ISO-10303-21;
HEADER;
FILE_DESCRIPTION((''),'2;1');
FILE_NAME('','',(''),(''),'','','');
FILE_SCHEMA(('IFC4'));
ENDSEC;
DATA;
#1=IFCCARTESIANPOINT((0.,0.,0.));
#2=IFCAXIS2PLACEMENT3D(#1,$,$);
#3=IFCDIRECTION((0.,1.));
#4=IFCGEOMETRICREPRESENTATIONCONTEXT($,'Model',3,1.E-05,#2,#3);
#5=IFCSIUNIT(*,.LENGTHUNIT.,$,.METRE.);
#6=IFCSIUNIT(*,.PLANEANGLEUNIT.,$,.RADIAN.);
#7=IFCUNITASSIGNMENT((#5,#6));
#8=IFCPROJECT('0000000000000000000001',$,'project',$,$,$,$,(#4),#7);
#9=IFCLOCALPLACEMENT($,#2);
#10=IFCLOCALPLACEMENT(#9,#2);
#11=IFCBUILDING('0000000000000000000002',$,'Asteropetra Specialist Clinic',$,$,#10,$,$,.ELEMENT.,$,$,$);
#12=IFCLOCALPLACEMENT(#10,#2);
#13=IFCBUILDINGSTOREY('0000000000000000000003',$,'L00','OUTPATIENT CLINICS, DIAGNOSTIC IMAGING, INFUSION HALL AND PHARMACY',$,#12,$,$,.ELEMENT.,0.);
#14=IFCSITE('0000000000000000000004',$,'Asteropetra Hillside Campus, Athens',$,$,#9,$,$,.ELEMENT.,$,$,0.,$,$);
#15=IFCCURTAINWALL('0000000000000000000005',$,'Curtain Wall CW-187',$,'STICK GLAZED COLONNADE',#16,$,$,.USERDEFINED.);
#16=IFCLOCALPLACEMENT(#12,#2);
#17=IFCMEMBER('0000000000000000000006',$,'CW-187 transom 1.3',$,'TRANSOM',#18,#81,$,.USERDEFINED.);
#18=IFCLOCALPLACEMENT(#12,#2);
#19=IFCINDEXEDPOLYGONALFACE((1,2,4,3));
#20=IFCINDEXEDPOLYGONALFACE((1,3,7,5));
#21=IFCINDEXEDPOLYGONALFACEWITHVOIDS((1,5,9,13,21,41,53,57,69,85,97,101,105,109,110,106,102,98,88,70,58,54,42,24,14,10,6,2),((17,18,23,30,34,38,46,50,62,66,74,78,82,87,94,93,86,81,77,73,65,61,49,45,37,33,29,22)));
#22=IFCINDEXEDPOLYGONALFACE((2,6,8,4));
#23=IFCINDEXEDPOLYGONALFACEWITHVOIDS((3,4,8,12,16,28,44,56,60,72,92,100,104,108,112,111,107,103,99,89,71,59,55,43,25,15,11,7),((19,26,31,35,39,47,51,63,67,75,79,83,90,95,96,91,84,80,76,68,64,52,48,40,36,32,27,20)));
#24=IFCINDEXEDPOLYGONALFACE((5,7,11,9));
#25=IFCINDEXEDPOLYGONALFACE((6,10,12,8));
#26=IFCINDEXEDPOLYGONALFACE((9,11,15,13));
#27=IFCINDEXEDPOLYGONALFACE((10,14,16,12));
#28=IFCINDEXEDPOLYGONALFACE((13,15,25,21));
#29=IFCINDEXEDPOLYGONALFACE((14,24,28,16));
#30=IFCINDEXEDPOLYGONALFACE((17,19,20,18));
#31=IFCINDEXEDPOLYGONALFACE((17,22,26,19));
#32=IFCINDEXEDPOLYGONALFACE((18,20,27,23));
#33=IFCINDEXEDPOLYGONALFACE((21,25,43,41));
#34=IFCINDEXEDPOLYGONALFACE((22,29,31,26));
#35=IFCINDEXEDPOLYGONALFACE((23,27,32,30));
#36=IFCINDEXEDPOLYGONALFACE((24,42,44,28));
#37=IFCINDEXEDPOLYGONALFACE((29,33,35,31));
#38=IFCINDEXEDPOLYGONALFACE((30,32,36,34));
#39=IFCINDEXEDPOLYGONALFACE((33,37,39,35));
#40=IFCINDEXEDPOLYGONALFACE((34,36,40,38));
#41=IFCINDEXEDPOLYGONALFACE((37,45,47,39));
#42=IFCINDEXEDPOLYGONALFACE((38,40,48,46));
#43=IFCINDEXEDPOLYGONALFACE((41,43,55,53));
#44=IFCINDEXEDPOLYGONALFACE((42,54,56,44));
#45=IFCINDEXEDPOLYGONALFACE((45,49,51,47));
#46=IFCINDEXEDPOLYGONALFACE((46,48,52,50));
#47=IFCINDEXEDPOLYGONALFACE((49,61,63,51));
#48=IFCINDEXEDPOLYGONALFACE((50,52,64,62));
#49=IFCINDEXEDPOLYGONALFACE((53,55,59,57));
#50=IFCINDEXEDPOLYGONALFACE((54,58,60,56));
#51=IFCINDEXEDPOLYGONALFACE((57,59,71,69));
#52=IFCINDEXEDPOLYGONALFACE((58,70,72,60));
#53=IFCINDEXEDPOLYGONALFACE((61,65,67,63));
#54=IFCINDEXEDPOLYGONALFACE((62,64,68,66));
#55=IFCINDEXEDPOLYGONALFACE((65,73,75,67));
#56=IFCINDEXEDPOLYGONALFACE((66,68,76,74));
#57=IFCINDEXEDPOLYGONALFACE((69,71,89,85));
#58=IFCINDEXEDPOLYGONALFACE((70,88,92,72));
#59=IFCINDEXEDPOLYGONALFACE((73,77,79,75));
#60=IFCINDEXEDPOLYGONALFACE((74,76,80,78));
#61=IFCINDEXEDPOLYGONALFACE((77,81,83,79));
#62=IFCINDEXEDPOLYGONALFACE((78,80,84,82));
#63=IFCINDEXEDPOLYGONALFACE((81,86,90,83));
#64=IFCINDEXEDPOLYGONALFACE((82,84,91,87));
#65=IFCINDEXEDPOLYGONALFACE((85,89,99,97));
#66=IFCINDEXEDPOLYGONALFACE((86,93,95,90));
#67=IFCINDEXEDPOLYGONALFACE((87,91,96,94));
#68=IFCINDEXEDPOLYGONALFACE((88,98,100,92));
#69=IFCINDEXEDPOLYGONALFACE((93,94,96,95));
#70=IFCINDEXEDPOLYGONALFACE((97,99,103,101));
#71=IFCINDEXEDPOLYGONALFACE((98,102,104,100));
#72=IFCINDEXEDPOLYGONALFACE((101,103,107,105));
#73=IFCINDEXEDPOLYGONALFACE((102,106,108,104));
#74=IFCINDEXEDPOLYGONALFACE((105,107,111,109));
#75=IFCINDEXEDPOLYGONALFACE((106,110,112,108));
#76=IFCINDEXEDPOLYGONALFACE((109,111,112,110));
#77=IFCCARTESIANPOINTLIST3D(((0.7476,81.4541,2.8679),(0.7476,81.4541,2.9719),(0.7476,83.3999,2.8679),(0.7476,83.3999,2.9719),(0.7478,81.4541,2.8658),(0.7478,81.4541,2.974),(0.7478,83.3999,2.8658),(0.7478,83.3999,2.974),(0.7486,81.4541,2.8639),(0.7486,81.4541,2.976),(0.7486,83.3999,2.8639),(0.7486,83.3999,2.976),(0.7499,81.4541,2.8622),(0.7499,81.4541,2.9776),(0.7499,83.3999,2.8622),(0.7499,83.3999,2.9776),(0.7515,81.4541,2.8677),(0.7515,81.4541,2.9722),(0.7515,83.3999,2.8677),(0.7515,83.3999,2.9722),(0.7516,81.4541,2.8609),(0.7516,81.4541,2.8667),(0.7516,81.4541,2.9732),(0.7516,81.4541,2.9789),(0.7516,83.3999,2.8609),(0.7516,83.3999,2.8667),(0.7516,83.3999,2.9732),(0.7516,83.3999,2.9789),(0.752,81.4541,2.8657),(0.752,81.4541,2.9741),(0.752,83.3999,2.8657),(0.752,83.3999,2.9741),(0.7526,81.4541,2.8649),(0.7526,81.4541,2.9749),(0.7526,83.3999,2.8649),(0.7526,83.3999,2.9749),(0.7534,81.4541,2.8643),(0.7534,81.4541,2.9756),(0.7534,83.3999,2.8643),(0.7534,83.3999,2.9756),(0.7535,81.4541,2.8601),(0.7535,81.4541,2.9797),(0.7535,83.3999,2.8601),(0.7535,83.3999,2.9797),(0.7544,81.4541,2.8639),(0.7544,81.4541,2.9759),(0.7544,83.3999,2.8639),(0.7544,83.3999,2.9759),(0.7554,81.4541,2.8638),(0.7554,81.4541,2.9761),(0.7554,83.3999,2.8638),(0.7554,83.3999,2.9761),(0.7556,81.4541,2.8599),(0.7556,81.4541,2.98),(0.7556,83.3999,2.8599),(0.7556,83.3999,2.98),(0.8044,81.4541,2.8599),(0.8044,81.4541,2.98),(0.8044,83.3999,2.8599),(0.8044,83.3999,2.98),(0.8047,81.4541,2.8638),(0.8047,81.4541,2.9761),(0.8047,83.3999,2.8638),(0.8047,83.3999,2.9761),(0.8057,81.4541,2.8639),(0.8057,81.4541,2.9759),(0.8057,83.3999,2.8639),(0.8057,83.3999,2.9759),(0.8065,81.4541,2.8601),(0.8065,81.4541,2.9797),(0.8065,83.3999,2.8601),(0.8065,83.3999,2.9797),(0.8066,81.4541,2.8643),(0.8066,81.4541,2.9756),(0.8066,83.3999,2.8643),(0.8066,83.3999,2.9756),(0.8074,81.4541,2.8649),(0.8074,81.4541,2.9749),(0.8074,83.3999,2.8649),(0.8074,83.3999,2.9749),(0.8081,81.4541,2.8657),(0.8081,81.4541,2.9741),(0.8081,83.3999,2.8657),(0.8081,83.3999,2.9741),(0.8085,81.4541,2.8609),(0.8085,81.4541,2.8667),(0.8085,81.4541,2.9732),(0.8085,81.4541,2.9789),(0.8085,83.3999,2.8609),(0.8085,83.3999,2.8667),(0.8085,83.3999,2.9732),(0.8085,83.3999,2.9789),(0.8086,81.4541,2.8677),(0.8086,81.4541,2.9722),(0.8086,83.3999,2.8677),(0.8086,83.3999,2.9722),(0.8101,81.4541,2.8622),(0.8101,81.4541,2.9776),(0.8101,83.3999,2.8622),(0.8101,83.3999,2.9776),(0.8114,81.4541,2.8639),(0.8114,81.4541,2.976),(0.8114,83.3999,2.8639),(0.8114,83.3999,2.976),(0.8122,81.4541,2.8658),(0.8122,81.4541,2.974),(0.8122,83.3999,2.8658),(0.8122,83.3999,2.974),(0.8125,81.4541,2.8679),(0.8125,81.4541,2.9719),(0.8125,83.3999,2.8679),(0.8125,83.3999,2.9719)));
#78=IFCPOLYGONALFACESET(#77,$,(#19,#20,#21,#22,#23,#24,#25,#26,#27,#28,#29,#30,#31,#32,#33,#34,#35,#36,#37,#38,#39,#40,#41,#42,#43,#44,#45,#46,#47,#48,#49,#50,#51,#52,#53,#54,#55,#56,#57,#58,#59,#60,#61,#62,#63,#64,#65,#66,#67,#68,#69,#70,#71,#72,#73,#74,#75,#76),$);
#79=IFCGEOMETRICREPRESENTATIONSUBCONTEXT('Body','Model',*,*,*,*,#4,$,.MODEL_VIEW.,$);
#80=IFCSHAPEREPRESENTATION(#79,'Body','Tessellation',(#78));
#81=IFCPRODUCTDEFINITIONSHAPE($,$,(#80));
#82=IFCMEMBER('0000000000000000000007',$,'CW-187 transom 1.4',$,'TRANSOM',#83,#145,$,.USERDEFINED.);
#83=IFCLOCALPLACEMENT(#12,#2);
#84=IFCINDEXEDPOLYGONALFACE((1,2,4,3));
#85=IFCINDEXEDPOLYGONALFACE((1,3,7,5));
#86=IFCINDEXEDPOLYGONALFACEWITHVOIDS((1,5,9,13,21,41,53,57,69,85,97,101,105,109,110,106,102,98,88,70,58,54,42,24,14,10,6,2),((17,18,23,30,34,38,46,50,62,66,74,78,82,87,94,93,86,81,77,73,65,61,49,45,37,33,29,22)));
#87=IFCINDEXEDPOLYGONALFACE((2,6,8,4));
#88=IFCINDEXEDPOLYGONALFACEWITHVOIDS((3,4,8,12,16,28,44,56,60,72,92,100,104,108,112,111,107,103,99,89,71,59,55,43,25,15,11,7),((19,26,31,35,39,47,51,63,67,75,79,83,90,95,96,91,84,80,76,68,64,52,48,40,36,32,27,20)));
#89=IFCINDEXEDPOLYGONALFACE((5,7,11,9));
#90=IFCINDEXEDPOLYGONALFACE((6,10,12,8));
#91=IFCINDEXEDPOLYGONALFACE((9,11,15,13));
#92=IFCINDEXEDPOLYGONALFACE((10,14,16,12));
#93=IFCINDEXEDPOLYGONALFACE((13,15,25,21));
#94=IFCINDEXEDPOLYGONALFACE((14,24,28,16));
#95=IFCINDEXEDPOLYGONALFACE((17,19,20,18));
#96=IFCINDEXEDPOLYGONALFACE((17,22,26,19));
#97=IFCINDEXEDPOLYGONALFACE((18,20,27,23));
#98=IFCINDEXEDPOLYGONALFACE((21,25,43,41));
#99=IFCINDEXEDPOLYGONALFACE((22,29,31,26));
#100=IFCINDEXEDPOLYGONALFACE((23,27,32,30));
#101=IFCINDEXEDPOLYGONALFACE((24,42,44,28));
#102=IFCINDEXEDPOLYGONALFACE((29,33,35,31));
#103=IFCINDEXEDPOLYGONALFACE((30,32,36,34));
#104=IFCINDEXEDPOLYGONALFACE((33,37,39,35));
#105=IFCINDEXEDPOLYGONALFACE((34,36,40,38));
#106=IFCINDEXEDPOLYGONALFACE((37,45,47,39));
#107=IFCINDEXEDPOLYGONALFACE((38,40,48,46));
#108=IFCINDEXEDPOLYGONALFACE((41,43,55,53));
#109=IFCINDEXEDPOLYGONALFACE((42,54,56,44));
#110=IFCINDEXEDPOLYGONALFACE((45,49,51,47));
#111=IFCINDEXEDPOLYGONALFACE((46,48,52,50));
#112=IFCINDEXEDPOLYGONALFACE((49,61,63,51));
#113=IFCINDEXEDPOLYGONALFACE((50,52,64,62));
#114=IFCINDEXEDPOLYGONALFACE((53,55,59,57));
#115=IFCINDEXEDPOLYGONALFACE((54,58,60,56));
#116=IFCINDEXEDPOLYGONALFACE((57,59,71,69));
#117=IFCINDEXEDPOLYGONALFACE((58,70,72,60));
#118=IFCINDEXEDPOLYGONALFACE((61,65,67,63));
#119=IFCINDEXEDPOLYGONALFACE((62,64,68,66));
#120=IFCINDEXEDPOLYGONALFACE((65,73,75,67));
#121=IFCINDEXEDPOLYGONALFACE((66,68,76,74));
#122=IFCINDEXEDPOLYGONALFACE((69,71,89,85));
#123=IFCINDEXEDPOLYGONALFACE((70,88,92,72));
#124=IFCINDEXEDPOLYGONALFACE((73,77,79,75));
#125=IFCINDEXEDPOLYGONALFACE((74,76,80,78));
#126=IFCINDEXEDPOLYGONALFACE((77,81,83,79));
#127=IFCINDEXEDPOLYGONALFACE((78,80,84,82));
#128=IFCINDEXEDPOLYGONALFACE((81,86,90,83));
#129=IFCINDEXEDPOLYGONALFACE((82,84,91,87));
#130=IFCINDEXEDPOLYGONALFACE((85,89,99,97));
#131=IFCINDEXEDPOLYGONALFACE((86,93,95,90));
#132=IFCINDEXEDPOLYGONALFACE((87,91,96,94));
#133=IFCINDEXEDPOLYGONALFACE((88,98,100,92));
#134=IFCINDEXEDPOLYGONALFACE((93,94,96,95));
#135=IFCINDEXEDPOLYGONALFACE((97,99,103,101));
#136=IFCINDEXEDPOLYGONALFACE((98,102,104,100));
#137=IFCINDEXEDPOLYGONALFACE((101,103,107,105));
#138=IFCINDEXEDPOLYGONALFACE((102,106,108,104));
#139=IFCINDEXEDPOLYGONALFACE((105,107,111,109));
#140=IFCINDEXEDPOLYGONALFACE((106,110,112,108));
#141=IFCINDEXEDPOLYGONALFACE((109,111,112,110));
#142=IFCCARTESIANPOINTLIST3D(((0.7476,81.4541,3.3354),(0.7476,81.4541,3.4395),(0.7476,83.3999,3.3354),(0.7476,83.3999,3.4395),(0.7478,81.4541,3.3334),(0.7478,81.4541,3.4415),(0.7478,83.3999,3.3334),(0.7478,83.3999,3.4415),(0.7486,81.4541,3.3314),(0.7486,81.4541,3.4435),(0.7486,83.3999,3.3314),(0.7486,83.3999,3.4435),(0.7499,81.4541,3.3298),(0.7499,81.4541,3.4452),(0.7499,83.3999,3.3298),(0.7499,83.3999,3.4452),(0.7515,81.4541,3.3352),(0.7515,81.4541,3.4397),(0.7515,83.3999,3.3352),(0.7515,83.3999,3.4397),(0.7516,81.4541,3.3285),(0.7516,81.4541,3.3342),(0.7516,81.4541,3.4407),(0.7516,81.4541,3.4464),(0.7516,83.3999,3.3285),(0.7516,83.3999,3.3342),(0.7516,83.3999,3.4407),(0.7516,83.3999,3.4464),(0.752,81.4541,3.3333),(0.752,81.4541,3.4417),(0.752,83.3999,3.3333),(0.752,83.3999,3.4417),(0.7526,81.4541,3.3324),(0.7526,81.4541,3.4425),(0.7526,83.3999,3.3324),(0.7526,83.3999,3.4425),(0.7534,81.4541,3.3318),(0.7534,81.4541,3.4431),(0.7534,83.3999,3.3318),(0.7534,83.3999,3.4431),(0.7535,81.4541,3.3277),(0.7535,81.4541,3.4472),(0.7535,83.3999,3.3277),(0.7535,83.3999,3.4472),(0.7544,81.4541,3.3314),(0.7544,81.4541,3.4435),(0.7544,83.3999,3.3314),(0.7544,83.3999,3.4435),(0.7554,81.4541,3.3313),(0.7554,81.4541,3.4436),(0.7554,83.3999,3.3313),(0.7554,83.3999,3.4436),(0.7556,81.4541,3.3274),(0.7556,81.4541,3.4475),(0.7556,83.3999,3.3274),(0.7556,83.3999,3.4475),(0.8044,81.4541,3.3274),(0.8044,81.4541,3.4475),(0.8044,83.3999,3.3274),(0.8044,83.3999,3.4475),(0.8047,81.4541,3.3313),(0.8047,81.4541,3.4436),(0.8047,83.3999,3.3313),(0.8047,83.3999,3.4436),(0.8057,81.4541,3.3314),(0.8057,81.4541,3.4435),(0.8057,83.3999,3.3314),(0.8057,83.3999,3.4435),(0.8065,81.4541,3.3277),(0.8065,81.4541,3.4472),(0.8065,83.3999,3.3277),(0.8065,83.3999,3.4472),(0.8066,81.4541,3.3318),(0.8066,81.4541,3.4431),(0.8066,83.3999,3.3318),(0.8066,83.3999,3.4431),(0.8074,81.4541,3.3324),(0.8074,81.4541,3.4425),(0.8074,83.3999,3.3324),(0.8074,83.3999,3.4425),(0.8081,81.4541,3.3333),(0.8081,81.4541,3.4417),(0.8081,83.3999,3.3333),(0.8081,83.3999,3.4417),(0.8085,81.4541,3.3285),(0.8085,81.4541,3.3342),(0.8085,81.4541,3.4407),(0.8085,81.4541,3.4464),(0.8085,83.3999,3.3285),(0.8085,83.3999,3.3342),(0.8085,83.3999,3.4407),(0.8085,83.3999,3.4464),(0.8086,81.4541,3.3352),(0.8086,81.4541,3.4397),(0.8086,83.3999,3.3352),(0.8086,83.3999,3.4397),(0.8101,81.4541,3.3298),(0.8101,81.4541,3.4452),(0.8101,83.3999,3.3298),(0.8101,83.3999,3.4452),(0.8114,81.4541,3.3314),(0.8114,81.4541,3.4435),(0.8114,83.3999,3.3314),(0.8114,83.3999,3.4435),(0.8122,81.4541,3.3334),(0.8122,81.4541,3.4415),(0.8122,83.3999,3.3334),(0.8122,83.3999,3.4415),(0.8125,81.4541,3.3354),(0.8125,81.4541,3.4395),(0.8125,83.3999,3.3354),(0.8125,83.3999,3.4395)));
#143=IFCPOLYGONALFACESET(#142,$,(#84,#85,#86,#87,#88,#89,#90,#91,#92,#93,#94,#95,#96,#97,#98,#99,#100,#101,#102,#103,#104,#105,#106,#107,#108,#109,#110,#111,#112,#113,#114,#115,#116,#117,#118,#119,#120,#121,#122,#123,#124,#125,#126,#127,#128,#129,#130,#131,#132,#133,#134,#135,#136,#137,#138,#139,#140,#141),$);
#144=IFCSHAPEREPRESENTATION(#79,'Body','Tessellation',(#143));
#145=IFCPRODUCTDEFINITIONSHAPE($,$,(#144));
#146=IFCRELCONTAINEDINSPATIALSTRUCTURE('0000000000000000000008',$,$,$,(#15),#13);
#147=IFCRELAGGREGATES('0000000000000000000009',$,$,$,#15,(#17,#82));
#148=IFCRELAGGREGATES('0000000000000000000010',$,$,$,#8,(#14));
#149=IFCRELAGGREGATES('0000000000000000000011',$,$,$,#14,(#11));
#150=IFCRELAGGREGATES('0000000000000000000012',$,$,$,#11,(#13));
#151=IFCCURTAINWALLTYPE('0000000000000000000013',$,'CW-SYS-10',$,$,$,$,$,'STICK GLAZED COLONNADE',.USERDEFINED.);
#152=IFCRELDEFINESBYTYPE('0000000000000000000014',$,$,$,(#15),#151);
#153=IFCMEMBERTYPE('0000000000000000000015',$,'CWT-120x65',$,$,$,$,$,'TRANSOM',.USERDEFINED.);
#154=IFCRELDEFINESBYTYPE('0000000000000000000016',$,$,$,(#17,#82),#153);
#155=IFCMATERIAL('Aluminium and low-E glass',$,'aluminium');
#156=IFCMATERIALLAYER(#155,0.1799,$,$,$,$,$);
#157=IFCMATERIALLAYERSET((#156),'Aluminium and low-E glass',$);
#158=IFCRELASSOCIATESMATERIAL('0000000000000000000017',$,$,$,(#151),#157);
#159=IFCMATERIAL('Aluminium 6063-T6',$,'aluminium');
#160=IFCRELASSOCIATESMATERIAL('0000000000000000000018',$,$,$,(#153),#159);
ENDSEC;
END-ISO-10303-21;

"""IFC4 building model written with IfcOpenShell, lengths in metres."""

from ifc_helpers import new_model, si_unit, direction, frame, origin, origin_2d, place, context, subcontext, project, spatial, hollow_rectangle, extrude, material, layer, layer_set, material_profile, profile_set, type_object, element, aggregate, save


model = new_model("IFC4")

# Units and contexts
model_context = context("Model", 3, precision=1e-05, world=origin(), true_north=direction((0.0, 1.0)))
body_context = subcontext(model_context, "Body", "Model", "MODEL_VIEW")
ifc_project = project(units=[si_unit("LENGTHUNIT", "METRE"), si_unit("PLANEANGLEUNIT", "RADIAN")], contexts=[model_context])

# Site, building, storey
site_placement = place(None, origin())
site = spatial("IfcSite", under=ifc_project, at=site_placement, Name="Asteropetra Hillside Campus, Athens", CompositionType="ELEMENT", RefElevation=0.0)
building_placement = place(site_placement, origin())
building = spatial("IfcBuilding", under=site, at=building_placement, Name="Asteropetra Specialist Clinic", CompositionType="ELEMENT")
storey_placement = place(building_placement, origin())
storey = spatial("IfcBuildingStorey", under=building, at=storey_placement, Name="L00", Description="OUTPATIENT CLINICS, DIAGNOSTIC IMAGING, INFUSION HALL AND PHARMACY", CompositionType="ELEMENT", Elevation=0.0)

# Curtain wall, members
ifc_material_1 = material(Name="Aluminium and low-E glass", Category="aluminium")
ifc_layer_1 = layer(ifc_material_1, 0.1799)
ifc_layer_set_1 = layer_set([ifc_layer_1], Name="Aluminium and low-E glass")
curtain_wall_type = type_object("IfcCurtainWallType", Name="CW-SYS-10", ElementType="STICK GLAZED COLONNADE", PredefinedType="USERDEFINED", material=ifc_layer_set_1)
curtain_wall_placement = place(storey_placement, origin())
curtain_wall = element("IfcCurtainWall", 1, at=curtain_wall_placement, inside=storey, type_object=curtain_wall_type, Name="Curtain Wall CW-187", ObjectType="STICK GLAZED COLONNADE", PredefinedType="USERDEFINED")
ifc_material_2 = material(Name="Aluminium 6063-T6", Category="aluminium")
ifc_material_profile_1 = material_profile(ifc_material_2, hollow_rectangle(XDim=0.0649, YDim=0.1201, WallThickness=0.0039, InnerFilletRadius=0.0039, OuterFilletRadius=0.0081, at=origin_2d()), Name="TRN 120x65x4.0")
ifc_profile_set_1 = profile_set([ifc_material_profile_1], Name="Aluminium 6063-T6")
member_type_1 = type_object("IfcMemberType", Name="CWT-120x65", ElementType="TRANSOM", PredefinedType="USERDEFINED", material=ifc_profile_set_1)
member_1_placement = place(storey_placement, frame((0.78, 83.3999, 2.9199), z_axis=(0.0, -1.0, 0.0), x_axis=(1.0, 0.0, 0.0)))
member_1 = element("IfcMember", 2, at=member_1_placement, type_object=member_type_1, Name="CW-187 transom 1.3", ObjectType="TRANSOM", PredefinedType="USERDEFINED", context=body_context, shape_type="SweptSolid", body=[
    extrude(hollow_rectangle(XDim=0.0649, YDim=0.1201, WallThickness=0.0039, InnerFilletRadius=0.0039, OuterFilletRadius=0.0081, at=origin_2d()), origin(), (0.0, 0.0, 1.0), 1.9458),
])
member_2_placement = place(storey_placement, frame((0.78, 83.3999, 3.3875), z_axis=(0.0, -1.0, 0.0), x_axis=(1.0, 0.0, 0.0)))
member_2 = element("IfcMember", 3, at=member_2_placement, type_object=member_type_1, Name="CW-187 transom 1.4", ObjectType="TRANSOM", PredefinedType="USERDEFINED", context=body_context, shape_type="SweptSolid", body=[
    extrude(hollow_rectangle(XDim=0.0649, YDim=0.1201, WallThickness=0.0039, InnerFilletRadius=0.0039, OuterFilletRadius=0.0081, at=origin_2d()), origin(), (0.0, 0.0, 1.0), 1.9458),
])
aggregate(curtain_wall, [member_1, member_2])

save(model, "model.ifc")
